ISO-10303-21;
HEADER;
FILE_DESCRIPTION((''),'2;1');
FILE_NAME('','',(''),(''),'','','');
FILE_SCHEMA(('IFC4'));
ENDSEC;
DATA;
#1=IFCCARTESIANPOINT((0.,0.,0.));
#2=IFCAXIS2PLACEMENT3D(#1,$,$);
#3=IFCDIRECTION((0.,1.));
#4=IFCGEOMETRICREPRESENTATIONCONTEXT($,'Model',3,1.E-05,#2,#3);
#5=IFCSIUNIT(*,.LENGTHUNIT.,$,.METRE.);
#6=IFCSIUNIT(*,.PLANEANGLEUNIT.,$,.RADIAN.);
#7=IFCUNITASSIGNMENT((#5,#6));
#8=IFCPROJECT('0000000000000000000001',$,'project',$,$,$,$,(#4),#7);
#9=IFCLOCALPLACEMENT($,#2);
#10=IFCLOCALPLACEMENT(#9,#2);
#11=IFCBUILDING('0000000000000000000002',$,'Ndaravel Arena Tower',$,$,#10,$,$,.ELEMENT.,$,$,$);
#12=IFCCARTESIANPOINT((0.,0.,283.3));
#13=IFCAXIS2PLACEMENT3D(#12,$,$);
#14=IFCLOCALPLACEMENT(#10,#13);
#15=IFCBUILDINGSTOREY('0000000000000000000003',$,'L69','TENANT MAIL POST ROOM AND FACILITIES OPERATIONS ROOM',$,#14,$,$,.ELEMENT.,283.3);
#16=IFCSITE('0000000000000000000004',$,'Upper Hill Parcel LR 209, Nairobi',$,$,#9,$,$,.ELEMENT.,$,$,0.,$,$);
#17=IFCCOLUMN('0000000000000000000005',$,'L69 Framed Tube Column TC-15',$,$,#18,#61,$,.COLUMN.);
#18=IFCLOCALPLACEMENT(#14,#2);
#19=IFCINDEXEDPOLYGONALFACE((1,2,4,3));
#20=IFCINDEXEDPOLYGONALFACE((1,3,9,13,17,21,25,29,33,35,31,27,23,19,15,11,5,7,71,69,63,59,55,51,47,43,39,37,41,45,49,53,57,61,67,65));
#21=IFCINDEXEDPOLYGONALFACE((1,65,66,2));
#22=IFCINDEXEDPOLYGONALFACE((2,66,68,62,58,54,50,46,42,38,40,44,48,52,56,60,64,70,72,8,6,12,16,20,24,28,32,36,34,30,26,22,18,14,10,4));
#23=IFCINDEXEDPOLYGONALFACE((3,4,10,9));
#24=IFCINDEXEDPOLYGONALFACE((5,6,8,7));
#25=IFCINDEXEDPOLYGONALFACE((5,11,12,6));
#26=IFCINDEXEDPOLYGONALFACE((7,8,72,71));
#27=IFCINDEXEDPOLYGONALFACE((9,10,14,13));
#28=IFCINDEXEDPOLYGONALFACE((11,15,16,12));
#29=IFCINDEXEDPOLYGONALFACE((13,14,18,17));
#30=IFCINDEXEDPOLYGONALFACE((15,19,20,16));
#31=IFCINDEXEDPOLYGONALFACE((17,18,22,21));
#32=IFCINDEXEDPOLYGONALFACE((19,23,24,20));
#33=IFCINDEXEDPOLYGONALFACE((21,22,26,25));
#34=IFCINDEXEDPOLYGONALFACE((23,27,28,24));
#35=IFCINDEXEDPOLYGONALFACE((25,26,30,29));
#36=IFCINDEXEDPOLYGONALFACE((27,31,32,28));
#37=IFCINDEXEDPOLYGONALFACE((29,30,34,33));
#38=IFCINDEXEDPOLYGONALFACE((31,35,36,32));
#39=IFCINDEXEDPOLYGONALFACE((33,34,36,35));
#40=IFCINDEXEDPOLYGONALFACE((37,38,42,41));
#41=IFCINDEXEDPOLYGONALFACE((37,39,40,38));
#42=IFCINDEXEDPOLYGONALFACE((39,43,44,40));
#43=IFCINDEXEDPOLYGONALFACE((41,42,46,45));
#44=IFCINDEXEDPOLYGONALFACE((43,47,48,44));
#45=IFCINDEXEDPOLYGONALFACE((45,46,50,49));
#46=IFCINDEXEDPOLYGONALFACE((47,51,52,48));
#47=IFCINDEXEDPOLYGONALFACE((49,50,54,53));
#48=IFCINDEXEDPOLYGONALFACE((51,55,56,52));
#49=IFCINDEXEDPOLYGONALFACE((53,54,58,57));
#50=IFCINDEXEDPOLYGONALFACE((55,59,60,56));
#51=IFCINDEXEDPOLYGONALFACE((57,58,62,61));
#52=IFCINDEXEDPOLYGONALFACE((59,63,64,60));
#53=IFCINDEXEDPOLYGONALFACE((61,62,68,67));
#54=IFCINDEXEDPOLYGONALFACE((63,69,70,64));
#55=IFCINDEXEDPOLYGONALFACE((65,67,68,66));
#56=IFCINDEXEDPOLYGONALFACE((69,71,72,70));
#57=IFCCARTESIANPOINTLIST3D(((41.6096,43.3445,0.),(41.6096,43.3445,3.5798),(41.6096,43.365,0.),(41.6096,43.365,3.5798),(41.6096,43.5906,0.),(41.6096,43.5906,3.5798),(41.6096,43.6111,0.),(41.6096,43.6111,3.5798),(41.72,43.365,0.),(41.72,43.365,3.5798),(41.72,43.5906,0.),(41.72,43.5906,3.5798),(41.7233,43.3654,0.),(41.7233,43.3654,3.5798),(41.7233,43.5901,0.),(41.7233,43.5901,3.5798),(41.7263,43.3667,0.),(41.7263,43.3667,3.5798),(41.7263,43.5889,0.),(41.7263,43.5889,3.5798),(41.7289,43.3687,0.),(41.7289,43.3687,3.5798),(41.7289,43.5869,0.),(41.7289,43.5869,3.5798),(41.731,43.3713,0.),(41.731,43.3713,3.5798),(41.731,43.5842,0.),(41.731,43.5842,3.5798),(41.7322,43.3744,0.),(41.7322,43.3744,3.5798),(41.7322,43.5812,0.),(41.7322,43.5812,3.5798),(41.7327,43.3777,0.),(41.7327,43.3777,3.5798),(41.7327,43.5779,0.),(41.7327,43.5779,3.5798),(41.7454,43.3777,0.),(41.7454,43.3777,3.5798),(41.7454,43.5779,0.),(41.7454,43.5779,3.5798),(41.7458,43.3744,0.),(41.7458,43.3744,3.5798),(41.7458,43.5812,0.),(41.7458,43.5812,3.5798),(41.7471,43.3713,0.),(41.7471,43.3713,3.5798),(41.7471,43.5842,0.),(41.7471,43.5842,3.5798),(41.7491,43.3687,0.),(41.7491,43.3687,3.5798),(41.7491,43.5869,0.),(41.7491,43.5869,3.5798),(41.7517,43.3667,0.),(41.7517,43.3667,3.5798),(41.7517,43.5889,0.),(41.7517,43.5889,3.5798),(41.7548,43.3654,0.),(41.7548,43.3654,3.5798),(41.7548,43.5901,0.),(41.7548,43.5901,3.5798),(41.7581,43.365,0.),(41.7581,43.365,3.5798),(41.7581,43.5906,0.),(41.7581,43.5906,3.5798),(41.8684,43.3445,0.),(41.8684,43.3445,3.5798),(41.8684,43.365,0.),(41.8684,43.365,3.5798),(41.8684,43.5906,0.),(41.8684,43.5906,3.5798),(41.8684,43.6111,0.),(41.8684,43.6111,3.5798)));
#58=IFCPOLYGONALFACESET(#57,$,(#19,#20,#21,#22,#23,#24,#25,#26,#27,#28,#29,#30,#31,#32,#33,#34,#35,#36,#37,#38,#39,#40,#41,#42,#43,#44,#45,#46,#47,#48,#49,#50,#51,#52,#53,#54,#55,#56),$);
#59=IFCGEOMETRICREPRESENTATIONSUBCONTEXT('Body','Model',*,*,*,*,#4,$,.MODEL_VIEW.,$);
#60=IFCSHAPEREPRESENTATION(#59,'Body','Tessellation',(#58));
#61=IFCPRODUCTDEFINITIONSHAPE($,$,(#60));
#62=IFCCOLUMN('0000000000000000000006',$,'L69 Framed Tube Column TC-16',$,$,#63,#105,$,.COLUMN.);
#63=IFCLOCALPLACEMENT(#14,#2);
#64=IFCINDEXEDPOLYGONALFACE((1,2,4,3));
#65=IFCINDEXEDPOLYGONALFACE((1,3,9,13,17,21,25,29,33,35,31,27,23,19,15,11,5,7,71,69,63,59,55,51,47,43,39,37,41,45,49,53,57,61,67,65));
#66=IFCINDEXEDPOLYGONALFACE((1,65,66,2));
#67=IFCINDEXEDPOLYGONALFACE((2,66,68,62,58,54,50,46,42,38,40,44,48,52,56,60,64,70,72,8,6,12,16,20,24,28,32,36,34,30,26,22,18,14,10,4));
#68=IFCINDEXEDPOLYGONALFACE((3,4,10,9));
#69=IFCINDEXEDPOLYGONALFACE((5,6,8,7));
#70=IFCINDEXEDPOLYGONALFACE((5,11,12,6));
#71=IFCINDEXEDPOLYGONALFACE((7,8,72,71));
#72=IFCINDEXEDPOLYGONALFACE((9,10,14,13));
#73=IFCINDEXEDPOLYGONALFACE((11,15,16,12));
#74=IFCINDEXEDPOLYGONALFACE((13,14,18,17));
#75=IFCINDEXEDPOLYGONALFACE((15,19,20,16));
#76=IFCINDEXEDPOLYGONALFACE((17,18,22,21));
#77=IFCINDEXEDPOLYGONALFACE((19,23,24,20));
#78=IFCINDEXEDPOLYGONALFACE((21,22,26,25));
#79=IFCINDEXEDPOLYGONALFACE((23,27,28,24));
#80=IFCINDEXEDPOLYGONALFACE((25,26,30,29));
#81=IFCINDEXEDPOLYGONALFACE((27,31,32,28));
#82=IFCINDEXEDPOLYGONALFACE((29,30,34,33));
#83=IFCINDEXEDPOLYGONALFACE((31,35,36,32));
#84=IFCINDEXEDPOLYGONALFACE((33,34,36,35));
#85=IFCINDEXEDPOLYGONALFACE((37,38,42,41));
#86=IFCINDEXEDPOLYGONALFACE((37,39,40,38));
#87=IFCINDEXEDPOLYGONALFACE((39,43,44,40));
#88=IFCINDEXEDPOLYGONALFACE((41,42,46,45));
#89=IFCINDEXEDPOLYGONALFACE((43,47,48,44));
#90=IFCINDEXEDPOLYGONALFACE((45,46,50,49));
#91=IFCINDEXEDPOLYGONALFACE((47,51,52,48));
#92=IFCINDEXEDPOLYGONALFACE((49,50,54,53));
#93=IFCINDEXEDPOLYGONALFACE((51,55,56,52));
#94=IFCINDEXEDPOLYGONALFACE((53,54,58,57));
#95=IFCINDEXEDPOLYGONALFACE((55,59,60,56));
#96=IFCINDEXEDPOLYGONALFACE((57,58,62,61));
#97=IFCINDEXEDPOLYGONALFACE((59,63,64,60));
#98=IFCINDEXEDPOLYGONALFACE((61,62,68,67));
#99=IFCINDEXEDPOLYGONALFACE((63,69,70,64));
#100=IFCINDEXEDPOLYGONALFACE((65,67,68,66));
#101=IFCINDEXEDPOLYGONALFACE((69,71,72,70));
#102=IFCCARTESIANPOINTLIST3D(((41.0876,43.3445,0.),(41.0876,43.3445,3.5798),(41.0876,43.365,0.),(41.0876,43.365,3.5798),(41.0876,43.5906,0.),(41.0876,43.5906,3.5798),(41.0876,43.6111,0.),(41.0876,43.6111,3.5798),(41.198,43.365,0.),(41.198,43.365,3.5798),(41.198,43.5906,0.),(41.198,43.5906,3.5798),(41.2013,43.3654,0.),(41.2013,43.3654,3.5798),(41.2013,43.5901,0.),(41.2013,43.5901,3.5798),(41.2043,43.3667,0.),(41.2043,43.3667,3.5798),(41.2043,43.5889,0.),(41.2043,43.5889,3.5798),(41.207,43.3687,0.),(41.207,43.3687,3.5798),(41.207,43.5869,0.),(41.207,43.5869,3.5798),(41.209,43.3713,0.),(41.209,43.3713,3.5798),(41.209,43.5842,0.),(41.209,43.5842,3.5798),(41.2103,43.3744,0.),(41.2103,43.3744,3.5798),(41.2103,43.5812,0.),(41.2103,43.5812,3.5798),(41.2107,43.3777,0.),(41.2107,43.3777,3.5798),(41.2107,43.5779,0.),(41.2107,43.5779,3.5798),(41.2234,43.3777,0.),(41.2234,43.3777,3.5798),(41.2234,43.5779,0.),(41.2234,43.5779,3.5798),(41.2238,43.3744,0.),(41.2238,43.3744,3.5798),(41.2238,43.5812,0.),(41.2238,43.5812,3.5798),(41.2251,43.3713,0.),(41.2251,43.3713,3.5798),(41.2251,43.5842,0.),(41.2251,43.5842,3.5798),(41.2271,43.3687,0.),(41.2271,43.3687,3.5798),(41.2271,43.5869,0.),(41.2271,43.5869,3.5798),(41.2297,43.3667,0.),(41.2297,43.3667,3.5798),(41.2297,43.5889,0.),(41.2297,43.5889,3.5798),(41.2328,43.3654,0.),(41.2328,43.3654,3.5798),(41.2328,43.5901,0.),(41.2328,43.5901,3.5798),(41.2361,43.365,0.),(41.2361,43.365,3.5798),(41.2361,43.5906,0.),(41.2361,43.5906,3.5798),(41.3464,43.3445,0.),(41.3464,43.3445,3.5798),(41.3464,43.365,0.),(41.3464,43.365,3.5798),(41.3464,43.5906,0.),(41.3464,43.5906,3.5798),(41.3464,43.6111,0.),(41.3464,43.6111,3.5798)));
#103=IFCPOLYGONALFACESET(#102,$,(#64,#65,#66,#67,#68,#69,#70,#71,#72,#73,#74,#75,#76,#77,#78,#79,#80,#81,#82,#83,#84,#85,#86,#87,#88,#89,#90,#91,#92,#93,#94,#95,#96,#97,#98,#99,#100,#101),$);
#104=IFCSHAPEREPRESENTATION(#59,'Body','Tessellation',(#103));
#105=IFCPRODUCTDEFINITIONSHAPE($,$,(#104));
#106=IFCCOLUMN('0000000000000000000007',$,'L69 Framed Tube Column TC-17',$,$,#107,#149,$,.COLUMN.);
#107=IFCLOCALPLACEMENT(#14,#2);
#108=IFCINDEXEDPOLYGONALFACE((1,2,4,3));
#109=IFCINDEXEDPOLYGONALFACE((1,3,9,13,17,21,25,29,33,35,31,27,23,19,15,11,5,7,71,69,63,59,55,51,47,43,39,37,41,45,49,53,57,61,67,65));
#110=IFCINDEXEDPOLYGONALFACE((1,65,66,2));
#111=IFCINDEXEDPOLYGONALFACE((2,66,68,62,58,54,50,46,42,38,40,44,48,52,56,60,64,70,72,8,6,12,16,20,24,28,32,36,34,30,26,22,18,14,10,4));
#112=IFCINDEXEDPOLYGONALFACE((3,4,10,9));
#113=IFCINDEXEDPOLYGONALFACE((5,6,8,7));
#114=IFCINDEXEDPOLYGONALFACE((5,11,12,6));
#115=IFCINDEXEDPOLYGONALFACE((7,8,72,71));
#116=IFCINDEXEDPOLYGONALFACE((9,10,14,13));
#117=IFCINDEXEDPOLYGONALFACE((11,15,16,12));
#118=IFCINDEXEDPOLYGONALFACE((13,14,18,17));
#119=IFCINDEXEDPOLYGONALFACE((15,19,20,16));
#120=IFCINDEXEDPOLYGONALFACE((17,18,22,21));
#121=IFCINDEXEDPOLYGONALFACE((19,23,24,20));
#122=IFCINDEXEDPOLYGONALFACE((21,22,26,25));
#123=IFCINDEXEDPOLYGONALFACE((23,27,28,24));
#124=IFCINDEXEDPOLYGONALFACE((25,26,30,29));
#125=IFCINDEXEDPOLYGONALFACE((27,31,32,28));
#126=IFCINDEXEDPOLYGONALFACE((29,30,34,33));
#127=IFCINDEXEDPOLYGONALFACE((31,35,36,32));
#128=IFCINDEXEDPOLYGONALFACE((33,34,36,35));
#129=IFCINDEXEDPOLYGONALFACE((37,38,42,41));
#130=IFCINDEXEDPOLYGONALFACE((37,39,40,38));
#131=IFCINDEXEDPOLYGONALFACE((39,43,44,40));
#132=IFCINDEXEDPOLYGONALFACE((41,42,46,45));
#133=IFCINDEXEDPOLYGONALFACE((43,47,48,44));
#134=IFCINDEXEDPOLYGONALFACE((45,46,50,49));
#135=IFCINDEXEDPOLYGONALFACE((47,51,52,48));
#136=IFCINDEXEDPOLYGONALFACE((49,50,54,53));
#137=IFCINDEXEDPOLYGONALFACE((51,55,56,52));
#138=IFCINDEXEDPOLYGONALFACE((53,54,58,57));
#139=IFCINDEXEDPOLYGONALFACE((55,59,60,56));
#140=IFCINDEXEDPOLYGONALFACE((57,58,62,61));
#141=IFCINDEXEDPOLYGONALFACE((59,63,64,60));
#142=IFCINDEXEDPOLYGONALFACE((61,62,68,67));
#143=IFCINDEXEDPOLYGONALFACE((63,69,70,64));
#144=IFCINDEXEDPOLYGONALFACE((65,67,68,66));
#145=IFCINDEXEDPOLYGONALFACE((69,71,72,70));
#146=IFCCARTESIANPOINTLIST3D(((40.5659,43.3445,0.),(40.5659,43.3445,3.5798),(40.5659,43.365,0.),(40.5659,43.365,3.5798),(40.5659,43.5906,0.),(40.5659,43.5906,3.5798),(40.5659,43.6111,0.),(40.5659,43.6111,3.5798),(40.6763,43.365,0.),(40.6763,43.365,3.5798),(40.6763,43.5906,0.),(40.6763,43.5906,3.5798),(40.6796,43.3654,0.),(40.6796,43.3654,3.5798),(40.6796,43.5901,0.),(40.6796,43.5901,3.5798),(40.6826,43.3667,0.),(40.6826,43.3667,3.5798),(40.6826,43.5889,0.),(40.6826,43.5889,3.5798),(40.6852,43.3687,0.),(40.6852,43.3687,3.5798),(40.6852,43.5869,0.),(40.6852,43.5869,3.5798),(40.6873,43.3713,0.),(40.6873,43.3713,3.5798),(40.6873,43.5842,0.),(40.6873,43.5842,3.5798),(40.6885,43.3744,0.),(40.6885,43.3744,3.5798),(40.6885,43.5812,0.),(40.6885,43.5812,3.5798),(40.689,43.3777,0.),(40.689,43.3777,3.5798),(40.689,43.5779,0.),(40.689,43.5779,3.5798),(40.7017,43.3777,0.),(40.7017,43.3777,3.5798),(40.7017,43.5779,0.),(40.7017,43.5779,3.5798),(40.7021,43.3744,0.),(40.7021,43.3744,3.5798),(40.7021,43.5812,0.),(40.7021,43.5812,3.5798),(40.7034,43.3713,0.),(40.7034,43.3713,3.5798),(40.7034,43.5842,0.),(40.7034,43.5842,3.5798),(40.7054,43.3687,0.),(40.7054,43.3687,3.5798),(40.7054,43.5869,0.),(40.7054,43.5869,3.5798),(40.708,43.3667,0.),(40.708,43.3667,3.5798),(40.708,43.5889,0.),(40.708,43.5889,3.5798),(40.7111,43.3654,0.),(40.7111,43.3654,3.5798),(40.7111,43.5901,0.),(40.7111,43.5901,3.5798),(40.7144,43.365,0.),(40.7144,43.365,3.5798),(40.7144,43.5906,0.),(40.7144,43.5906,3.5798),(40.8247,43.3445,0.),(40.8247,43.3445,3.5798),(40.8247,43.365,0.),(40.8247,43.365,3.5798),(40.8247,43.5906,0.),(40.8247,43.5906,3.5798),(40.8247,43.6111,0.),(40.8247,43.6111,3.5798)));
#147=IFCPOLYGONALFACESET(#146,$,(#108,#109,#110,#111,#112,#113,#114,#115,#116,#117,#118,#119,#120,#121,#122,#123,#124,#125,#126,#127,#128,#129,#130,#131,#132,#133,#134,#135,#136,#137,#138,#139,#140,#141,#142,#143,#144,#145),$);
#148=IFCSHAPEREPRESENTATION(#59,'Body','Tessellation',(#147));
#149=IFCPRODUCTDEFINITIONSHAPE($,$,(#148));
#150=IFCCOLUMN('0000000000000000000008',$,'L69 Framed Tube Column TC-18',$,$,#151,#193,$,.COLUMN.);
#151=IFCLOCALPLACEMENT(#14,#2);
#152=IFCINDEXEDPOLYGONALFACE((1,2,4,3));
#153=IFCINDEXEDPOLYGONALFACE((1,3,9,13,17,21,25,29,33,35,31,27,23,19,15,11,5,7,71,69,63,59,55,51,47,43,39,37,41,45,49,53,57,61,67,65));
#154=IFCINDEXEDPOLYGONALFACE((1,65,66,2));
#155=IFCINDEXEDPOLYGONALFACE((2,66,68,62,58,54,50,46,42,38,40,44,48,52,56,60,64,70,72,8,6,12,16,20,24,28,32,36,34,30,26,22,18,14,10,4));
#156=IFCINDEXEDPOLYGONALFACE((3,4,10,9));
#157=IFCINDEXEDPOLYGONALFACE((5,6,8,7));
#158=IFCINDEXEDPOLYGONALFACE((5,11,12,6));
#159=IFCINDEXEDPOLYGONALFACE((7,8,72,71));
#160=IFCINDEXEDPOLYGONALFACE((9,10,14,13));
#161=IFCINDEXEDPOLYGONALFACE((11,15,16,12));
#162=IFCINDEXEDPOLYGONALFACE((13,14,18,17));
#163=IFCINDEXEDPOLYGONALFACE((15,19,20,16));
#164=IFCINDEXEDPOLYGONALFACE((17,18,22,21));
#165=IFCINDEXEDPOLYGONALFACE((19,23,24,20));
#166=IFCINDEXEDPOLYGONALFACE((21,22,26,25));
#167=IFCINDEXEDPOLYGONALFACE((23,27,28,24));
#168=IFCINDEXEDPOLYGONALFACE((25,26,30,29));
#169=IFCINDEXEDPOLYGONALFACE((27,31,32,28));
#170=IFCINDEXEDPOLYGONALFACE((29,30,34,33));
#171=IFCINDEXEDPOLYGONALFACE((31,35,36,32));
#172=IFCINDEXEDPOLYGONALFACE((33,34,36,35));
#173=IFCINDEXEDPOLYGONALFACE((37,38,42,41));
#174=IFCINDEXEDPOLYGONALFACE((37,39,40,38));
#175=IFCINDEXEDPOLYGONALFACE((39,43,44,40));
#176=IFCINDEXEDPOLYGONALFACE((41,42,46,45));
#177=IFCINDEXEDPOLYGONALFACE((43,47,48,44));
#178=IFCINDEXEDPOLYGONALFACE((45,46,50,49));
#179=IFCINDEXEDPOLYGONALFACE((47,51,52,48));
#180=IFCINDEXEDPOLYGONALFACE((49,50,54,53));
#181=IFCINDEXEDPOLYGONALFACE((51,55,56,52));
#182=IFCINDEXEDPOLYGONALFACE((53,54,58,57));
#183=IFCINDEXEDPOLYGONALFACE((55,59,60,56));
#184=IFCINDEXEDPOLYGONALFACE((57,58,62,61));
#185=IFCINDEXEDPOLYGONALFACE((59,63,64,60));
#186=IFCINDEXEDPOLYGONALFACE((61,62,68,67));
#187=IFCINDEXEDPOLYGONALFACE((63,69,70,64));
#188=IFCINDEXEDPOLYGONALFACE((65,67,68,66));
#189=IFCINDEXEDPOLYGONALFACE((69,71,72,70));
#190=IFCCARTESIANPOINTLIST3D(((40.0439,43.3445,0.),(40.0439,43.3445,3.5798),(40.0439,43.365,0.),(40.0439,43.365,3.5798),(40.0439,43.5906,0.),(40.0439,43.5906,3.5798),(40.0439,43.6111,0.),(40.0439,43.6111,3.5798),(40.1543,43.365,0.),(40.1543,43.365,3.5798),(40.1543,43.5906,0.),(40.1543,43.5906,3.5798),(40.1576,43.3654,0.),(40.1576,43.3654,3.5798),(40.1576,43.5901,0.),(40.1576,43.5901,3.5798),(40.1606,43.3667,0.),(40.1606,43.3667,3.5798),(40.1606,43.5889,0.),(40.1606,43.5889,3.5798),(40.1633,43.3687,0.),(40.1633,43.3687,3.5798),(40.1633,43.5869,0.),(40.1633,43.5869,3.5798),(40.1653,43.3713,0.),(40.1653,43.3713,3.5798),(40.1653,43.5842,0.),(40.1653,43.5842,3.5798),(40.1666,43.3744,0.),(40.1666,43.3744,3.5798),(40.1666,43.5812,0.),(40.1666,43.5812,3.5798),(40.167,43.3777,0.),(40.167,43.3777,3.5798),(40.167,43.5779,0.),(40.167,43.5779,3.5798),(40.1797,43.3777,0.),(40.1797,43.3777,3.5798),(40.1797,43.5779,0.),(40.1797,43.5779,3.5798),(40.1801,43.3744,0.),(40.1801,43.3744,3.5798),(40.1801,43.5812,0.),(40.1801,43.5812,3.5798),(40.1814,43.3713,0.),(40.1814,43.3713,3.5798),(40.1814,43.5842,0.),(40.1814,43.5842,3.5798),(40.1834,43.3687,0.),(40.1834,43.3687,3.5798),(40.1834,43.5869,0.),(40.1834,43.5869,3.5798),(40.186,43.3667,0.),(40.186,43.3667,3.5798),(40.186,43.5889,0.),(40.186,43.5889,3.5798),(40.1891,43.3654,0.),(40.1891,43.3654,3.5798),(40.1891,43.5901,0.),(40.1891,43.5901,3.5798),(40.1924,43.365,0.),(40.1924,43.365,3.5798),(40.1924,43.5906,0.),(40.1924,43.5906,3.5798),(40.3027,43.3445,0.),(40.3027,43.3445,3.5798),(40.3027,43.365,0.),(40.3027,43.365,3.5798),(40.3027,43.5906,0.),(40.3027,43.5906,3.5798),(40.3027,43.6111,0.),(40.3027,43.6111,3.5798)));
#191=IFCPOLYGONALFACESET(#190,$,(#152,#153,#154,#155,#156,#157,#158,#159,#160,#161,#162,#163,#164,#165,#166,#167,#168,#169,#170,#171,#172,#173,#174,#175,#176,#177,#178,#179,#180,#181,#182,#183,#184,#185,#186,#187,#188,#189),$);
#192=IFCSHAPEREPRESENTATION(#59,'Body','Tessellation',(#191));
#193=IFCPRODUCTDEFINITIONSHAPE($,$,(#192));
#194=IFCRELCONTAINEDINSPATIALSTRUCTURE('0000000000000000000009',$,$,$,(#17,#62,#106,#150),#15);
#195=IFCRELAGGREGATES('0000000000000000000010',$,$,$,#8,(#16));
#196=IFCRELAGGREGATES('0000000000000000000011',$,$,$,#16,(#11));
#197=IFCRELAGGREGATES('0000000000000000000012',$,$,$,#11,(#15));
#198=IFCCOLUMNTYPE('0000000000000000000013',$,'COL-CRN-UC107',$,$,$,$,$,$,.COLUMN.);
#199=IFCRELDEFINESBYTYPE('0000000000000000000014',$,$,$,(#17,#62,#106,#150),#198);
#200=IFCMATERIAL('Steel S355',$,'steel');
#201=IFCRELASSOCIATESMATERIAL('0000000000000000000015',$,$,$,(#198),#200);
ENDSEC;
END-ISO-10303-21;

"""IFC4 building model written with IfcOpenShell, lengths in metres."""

from ifc_helpers import new_model, si_unit, direction, frame, origin, origin_2d, place, context, subcontext, project, spatial, i_section, extrude, material, material_profile, profile_set, type_object, element, save


model = new_model("IFC4")

# Units and contexts
model_context = context("Model", 3, precision=1e-05, world=origin(), true_north=direction((0.0, 1.0)))
body_context = subcontext(model_context, "Body", "Model", "MODEL_VIEW")
ifc_project = project(units=[si_unit("LENGTHUNIT", "METRE"), si_unit("PLANEANGLEUNIT", "RADIAN")], contexts=[model_context])

# Site, building, storey
site_placement = place(None, origin())
site = spatial("IfcSite", under=ifc_project, at=site_placement, Name="Upper Hill Parcel LR 209, Nairobi", CompositionType="ELEMENT", RefElevation=0.0)
building_placement = place(site_placement, origin())
building = spatial("IfcBuilding", under=site, at=building_placement, Name="Ndaravel Arena Tower", CompositionType="ELEMENT")
storey_placement = place(building_placement, frame((0.0, 0.0, 283.3)))
storey = spatial("IfcBuildingStorey", under=building, at=storey_placement, Name="L69", Description="TENANT MAIL POST ROOM AND FACILITIES OPERATIONS ROOM", CompositionType="ELEMENT", Elevation=283.3)

# Columns
ifc_material_1 = material(Name="Steel S355", Category="steel")
ifc_material_profile_1 = material_profile(ifc_material_1, i_section(OverallWidth=0.2588, OverallDepth=0.2666, WebThickness=0.0127, FlangeThickness=0.0205, FilletRadius=0.0127, at=origin_2d()), Name="UC 254x254x107")
ifc_profile_set_1 = profile_set([ifc_material_profile_1], Name="Steel S355")
column_type = type_object("IfcColumnType", Name="COL-CRN-UC107", PredefinedType="COLUMN", material=ifc_profile_set_1)
for number, where, z_axis, x_axis, name in (
    (1, (41.739, 43.4778, 0.0), (0.0, 0.0, 1.0), (1.0, 0.0, 0.0), "L69 Framed Tube Column TC-15"),
    (2, (41.217, 43.4778, 0.0), (0.0, 0.0, 1.0), (1.0, 0.0, 0.0), "L69 Framed Tube Column TC-16"),
    (3, (40.6953, 43.4778, 0.0), (0.0, 0.0, 1.0), (1.0, 0.0, 0.0), "L69 Framed Tube Column TC-17"),
    (4, (40.1733, 43.4778, 0.0), (0.0, 0.0, 1.0), (1.0, 0.0, 0.0), "L69 Framed Tube Column TC-18"),
):
    element("IfcColumn", number, at=place(storey_placement, frame(where, z_axis=z_axis, x_axis=x_axis)), inside=storey, type_object=column_type, Name=name, PredefinedType="COLUMN", context=body_context, shape_type="SweptSolid", body=[
        extrude(i_section(OverallWidth=0.2588, OverallDepth=0.2666, WebThickness=0.0127, FlangeThickness=0.0205, FilletRadius=0.0127, at=origin_2d()), origin(), (0.0, 0.0, 1.0), 3.5798),
    ])

save(model, "model.ifc")
